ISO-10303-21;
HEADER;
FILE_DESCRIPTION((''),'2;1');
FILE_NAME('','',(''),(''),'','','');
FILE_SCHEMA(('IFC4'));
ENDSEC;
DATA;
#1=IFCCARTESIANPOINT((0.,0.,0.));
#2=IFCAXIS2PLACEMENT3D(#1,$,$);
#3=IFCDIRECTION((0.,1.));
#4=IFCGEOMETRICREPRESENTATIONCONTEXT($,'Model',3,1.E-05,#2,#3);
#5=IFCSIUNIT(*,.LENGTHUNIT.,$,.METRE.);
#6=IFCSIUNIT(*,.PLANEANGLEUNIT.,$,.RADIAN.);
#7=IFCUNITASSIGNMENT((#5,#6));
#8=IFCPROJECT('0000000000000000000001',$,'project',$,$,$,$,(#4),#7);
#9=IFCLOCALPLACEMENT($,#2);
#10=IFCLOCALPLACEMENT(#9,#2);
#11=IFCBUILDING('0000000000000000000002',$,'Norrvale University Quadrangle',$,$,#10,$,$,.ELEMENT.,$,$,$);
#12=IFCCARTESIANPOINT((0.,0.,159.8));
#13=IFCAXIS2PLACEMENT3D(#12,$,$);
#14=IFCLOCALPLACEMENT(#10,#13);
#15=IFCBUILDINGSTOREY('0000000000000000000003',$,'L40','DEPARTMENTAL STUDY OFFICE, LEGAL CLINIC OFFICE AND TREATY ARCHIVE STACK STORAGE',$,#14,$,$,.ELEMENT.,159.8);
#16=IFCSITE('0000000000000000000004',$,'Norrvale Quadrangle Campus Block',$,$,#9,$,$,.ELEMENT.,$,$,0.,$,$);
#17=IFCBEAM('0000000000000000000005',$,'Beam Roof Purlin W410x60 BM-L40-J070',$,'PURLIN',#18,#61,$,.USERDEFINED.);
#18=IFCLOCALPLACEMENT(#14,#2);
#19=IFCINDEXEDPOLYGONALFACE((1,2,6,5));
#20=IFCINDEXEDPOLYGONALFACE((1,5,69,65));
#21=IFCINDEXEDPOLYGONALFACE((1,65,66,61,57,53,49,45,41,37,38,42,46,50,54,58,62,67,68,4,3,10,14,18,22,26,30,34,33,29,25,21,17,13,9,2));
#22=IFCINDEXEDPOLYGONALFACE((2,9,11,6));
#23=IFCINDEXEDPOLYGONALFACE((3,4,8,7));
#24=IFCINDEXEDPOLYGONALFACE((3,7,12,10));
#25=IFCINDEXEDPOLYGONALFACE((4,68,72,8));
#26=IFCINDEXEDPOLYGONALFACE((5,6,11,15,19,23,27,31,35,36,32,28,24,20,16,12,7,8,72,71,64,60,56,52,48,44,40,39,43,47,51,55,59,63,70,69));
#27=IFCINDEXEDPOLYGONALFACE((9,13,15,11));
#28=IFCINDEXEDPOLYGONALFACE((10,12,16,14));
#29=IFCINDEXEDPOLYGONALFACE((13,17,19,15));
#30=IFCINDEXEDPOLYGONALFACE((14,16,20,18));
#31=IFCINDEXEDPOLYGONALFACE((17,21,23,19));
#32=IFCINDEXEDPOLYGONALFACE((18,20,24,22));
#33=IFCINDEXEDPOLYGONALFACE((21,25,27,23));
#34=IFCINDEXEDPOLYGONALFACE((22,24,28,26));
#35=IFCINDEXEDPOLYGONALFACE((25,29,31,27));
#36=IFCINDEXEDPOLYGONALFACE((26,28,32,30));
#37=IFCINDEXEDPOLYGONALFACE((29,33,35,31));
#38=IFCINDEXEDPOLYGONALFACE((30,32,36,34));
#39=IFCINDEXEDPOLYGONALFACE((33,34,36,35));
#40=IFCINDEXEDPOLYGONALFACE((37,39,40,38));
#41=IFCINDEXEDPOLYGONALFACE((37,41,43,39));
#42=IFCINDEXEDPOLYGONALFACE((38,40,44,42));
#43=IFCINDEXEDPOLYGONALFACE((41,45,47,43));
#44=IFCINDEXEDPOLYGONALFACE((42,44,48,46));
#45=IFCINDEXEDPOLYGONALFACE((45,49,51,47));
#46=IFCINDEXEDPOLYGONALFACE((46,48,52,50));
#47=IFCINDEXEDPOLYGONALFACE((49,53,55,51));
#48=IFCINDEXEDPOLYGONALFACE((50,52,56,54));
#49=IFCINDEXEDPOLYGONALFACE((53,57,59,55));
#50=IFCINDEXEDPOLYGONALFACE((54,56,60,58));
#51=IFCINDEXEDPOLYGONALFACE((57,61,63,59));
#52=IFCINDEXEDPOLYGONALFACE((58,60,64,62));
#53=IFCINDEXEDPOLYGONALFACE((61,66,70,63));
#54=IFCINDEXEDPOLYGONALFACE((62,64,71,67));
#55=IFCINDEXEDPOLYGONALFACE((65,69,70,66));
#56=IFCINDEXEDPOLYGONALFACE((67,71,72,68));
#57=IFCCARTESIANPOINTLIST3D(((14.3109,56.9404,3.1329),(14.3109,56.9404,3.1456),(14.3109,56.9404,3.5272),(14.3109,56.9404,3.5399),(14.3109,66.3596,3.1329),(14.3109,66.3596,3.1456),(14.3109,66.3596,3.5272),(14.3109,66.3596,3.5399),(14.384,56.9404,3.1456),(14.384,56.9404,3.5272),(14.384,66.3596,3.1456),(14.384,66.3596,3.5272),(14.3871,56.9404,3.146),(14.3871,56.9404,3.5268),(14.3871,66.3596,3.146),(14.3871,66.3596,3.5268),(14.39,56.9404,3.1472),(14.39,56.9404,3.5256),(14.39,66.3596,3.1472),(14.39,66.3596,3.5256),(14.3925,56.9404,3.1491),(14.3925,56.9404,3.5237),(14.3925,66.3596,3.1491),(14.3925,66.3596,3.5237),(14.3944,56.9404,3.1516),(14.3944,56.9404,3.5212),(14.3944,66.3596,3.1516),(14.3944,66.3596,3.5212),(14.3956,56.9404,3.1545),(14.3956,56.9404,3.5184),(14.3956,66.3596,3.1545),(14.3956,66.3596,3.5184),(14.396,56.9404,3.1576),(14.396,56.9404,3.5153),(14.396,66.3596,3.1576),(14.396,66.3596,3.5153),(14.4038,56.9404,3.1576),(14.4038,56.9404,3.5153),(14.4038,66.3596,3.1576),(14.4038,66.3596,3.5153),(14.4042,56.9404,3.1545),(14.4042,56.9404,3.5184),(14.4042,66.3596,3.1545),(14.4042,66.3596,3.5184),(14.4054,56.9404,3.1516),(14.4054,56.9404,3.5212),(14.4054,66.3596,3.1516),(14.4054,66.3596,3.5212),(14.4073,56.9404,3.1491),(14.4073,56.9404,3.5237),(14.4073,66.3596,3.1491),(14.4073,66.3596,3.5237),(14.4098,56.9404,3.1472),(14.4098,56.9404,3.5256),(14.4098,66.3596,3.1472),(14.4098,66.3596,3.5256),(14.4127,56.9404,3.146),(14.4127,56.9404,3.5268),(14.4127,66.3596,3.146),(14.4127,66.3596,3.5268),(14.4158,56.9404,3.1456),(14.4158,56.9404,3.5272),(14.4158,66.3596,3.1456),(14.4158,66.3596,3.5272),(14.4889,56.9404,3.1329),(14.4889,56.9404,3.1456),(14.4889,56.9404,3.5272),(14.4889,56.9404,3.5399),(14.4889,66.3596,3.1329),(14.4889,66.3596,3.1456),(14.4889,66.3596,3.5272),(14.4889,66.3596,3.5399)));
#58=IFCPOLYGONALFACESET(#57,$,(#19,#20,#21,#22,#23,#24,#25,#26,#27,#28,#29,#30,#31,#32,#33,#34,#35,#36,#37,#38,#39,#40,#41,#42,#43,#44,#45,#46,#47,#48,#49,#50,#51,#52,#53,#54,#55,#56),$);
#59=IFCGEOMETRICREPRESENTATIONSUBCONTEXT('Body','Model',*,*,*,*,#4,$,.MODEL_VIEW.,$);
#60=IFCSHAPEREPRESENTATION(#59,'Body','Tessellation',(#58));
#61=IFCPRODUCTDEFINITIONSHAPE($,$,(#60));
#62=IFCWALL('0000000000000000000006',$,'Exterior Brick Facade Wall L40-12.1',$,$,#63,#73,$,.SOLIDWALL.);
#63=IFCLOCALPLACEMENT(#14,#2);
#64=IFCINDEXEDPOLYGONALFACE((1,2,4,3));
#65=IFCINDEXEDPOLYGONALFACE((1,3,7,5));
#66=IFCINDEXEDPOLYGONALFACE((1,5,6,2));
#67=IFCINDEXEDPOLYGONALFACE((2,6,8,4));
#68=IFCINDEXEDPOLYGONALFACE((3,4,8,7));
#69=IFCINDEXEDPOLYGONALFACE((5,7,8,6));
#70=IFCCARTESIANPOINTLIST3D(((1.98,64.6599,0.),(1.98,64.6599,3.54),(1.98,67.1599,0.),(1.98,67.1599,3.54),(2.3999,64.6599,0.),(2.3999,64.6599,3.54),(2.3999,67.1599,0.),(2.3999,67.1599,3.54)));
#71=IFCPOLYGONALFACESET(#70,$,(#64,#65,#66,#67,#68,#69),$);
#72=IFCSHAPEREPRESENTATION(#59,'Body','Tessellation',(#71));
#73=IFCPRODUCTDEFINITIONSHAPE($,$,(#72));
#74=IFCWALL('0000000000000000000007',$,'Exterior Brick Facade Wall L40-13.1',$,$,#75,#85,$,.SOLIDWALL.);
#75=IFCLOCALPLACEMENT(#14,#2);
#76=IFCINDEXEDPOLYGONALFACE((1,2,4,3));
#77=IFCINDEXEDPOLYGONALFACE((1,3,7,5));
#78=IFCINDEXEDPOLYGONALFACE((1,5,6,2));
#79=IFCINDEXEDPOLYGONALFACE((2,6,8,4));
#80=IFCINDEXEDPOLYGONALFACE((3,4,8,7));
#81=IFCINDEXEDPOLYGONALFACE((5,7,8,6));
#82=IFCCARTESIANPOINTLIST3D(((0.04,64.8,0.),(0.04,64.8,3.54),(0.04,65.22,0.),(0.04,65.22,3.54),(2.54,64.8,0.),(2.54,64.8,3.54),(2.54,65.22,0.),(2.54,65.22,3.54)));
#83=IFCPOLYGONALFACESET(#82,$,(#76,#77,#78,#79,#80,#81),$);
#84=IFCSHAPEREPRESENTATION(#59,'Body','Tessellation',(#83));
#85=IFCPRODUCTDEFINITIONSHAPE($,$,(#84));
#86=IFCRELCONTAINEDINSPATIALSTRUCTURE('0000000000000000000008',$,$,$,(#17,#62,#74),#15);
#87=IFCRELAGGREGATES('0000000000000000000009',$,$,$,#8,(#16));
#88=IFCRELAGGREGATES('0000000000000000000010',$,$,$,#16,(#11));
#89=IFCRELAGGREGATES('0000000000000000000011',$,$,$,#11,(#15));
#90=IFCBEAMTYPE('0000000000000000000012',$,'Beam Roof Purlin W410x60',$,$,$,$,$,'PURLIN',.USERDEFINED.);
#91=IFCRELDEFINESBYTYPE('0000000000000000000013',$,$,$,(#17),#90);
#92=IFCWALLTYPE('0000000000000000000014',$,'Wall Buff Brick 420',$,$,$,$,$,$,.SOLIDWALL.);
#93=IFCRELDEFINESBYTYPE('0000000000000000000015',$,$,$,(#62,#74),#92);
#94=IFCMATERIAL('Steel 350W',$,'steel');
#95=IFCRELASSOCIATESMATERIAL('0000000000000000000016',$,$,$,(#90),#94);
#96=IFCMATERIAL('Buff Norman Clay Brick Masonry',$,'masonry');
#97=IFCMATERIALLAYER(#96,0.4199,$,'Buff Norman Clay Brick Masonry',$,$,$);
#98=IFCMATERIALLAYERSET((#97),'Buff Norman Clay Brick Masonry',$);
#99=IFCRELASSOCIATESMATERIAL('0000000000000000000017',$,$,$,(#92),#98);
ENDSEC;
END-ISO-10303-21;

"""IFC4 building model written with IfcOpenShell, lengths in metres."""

from ifc_helpers import new_model, si_unit, direction, frame, frame_2d, origin, origin_2d, place, context, subcontext, project, spatial, rectangle, i_section, extrude, material, layer, layer_set, material_profile, profile_set, type_object, element, save


model = new_model("IFC4")

# Units and contexts
model_context = context("Model", 3, precision=1e-05, world=origin(), true_north=direction((0.0, 1.0)))
body_context = subcontext(model_context, "Body", "Model", "MODEL_VIEW")
ifc_project = project(units=[si_unit("LENGTHUNIT", "METRE"), si_unit("PLANEANGLEUNIT", "RADIAN")], contexts=[model_context])

# Site, building, storey
site_placement = place(None, origin())
site = spatial("IfcSite", under=ifc_project, at=site_placement, Name="Norrvale Quadrangle Campus Block", CompositionType="ELEMENT", RefElevation=0.0)
building_placement = place(site_placement, origin())
building = spatial("IfcBuilding", under=site, at=building_placement, Name="Norrvale University Quadrangle", CompositionType="ELEMENT")
storey_placement = place(building_placement, frame((0.0, 0.0, 159.8)))
storey = spatial("IfcBuildingStorey", under=building, at=storey_placement, Name="L40", Description="DEPARTMENTAL STUDY OFFICE, LEGAL CLINIC OFFICE AND TREATY ARCHIVE STACK STORAGE", CompositionType="ELEMENT", Elevation=159.8)

# Beam
ifc_material_1 = material(Name="Steel 350W", Category="steel")
ifc_material_profile_1 = material_profile(ifc_material_1, i_section(OverallWidth=0.178, OverallDepth=0.407, WebThickness=0.0078, FlangeThickness=0.0127, FilletRadius=0.012, at=origin_2d()), Name="Steel 350W")
ifc_profile_set_1 = profile_set([ifc_material_profile_1], Name="Steel 350W")
beam_type_1 = type_object("IfcBeamType", Name="Beam Roof Purlin W410x60", ElementType="PURLIN", PredefinedType="USERDEFINED", material=ifc_profile_set_1)
beam_placement = place(storey_placement, frame((14.3999, 56.9404, 3.3364), z_axis=(0.0, 1.0, 0.0), x_axis=(-1.0, 0.0, 0.0)))
element("IfcBeam", 1, at=beam_placement, inside=storey, type_object=beam_type_1, Name="Beam Roof Purlin W410x60 BM-L40-J070", ObjectType="PURLIN", PredefinedType="USERDEFINED", context=body_context, shape_type="SweptSolid", body=[
    extrude(i_section(OverallWidth=0.178, OverallDepth=0.407, WebThickness=0.0078, FlangeThickness=0.0127, FilletRadius=0.012, at=origin_2d()), origin(), (0.0, 0.0, 1.0), 9.4192),
])

# Walls
ifc_material_2 = material(Name="Buff Norman Clay Brick Masonry", Category="masonry")
ifc_layer = layer(ifc_material_2, 0.4199, Name="Buff Norman Clay Brick Masonry")
ifc_layer_set = layer_set([ifc_layer], Name="Buff Norman Clay Brick Masonry")
wall_type = type_object("IfcWallType", Name="Wall Buff Brick 420", PredefinedType="SOLIDWALL", material=ifc_layer_set)
for number, where, z_axis, x_axis, name in (
    (2, (2.1899, 67.1599, 0.0), (0.0, 0.0, 1.0), (0.0, -1.0, 0.0), "Exterior Brick Facade Wall L40-12.1"),
    (3, (2.54, 65.01, 0.0), (0.0, 0.0, 1.0), (-1.0, 0.0, 0.0), "Exterior Brick Facade Wall L40-13.1"),
):
    element("IfcWall", number, at=place(storey_placement, frame(where, z_axis=z_axis, x_axis=x_axis)), inside=storey, type_object=wall_type, Name=name, PredefinedType="SOLIDWALL", context=body_context, shape_type="SweptSolid", body=[
        extrude(rectangle(XDim=2.5, YDim=0.4199, at=frame_2d((1.25, 0.0))), origin(), (0.0, 0.0, 1.0), 3.54),
    ])

save(model, "model.ifc")
